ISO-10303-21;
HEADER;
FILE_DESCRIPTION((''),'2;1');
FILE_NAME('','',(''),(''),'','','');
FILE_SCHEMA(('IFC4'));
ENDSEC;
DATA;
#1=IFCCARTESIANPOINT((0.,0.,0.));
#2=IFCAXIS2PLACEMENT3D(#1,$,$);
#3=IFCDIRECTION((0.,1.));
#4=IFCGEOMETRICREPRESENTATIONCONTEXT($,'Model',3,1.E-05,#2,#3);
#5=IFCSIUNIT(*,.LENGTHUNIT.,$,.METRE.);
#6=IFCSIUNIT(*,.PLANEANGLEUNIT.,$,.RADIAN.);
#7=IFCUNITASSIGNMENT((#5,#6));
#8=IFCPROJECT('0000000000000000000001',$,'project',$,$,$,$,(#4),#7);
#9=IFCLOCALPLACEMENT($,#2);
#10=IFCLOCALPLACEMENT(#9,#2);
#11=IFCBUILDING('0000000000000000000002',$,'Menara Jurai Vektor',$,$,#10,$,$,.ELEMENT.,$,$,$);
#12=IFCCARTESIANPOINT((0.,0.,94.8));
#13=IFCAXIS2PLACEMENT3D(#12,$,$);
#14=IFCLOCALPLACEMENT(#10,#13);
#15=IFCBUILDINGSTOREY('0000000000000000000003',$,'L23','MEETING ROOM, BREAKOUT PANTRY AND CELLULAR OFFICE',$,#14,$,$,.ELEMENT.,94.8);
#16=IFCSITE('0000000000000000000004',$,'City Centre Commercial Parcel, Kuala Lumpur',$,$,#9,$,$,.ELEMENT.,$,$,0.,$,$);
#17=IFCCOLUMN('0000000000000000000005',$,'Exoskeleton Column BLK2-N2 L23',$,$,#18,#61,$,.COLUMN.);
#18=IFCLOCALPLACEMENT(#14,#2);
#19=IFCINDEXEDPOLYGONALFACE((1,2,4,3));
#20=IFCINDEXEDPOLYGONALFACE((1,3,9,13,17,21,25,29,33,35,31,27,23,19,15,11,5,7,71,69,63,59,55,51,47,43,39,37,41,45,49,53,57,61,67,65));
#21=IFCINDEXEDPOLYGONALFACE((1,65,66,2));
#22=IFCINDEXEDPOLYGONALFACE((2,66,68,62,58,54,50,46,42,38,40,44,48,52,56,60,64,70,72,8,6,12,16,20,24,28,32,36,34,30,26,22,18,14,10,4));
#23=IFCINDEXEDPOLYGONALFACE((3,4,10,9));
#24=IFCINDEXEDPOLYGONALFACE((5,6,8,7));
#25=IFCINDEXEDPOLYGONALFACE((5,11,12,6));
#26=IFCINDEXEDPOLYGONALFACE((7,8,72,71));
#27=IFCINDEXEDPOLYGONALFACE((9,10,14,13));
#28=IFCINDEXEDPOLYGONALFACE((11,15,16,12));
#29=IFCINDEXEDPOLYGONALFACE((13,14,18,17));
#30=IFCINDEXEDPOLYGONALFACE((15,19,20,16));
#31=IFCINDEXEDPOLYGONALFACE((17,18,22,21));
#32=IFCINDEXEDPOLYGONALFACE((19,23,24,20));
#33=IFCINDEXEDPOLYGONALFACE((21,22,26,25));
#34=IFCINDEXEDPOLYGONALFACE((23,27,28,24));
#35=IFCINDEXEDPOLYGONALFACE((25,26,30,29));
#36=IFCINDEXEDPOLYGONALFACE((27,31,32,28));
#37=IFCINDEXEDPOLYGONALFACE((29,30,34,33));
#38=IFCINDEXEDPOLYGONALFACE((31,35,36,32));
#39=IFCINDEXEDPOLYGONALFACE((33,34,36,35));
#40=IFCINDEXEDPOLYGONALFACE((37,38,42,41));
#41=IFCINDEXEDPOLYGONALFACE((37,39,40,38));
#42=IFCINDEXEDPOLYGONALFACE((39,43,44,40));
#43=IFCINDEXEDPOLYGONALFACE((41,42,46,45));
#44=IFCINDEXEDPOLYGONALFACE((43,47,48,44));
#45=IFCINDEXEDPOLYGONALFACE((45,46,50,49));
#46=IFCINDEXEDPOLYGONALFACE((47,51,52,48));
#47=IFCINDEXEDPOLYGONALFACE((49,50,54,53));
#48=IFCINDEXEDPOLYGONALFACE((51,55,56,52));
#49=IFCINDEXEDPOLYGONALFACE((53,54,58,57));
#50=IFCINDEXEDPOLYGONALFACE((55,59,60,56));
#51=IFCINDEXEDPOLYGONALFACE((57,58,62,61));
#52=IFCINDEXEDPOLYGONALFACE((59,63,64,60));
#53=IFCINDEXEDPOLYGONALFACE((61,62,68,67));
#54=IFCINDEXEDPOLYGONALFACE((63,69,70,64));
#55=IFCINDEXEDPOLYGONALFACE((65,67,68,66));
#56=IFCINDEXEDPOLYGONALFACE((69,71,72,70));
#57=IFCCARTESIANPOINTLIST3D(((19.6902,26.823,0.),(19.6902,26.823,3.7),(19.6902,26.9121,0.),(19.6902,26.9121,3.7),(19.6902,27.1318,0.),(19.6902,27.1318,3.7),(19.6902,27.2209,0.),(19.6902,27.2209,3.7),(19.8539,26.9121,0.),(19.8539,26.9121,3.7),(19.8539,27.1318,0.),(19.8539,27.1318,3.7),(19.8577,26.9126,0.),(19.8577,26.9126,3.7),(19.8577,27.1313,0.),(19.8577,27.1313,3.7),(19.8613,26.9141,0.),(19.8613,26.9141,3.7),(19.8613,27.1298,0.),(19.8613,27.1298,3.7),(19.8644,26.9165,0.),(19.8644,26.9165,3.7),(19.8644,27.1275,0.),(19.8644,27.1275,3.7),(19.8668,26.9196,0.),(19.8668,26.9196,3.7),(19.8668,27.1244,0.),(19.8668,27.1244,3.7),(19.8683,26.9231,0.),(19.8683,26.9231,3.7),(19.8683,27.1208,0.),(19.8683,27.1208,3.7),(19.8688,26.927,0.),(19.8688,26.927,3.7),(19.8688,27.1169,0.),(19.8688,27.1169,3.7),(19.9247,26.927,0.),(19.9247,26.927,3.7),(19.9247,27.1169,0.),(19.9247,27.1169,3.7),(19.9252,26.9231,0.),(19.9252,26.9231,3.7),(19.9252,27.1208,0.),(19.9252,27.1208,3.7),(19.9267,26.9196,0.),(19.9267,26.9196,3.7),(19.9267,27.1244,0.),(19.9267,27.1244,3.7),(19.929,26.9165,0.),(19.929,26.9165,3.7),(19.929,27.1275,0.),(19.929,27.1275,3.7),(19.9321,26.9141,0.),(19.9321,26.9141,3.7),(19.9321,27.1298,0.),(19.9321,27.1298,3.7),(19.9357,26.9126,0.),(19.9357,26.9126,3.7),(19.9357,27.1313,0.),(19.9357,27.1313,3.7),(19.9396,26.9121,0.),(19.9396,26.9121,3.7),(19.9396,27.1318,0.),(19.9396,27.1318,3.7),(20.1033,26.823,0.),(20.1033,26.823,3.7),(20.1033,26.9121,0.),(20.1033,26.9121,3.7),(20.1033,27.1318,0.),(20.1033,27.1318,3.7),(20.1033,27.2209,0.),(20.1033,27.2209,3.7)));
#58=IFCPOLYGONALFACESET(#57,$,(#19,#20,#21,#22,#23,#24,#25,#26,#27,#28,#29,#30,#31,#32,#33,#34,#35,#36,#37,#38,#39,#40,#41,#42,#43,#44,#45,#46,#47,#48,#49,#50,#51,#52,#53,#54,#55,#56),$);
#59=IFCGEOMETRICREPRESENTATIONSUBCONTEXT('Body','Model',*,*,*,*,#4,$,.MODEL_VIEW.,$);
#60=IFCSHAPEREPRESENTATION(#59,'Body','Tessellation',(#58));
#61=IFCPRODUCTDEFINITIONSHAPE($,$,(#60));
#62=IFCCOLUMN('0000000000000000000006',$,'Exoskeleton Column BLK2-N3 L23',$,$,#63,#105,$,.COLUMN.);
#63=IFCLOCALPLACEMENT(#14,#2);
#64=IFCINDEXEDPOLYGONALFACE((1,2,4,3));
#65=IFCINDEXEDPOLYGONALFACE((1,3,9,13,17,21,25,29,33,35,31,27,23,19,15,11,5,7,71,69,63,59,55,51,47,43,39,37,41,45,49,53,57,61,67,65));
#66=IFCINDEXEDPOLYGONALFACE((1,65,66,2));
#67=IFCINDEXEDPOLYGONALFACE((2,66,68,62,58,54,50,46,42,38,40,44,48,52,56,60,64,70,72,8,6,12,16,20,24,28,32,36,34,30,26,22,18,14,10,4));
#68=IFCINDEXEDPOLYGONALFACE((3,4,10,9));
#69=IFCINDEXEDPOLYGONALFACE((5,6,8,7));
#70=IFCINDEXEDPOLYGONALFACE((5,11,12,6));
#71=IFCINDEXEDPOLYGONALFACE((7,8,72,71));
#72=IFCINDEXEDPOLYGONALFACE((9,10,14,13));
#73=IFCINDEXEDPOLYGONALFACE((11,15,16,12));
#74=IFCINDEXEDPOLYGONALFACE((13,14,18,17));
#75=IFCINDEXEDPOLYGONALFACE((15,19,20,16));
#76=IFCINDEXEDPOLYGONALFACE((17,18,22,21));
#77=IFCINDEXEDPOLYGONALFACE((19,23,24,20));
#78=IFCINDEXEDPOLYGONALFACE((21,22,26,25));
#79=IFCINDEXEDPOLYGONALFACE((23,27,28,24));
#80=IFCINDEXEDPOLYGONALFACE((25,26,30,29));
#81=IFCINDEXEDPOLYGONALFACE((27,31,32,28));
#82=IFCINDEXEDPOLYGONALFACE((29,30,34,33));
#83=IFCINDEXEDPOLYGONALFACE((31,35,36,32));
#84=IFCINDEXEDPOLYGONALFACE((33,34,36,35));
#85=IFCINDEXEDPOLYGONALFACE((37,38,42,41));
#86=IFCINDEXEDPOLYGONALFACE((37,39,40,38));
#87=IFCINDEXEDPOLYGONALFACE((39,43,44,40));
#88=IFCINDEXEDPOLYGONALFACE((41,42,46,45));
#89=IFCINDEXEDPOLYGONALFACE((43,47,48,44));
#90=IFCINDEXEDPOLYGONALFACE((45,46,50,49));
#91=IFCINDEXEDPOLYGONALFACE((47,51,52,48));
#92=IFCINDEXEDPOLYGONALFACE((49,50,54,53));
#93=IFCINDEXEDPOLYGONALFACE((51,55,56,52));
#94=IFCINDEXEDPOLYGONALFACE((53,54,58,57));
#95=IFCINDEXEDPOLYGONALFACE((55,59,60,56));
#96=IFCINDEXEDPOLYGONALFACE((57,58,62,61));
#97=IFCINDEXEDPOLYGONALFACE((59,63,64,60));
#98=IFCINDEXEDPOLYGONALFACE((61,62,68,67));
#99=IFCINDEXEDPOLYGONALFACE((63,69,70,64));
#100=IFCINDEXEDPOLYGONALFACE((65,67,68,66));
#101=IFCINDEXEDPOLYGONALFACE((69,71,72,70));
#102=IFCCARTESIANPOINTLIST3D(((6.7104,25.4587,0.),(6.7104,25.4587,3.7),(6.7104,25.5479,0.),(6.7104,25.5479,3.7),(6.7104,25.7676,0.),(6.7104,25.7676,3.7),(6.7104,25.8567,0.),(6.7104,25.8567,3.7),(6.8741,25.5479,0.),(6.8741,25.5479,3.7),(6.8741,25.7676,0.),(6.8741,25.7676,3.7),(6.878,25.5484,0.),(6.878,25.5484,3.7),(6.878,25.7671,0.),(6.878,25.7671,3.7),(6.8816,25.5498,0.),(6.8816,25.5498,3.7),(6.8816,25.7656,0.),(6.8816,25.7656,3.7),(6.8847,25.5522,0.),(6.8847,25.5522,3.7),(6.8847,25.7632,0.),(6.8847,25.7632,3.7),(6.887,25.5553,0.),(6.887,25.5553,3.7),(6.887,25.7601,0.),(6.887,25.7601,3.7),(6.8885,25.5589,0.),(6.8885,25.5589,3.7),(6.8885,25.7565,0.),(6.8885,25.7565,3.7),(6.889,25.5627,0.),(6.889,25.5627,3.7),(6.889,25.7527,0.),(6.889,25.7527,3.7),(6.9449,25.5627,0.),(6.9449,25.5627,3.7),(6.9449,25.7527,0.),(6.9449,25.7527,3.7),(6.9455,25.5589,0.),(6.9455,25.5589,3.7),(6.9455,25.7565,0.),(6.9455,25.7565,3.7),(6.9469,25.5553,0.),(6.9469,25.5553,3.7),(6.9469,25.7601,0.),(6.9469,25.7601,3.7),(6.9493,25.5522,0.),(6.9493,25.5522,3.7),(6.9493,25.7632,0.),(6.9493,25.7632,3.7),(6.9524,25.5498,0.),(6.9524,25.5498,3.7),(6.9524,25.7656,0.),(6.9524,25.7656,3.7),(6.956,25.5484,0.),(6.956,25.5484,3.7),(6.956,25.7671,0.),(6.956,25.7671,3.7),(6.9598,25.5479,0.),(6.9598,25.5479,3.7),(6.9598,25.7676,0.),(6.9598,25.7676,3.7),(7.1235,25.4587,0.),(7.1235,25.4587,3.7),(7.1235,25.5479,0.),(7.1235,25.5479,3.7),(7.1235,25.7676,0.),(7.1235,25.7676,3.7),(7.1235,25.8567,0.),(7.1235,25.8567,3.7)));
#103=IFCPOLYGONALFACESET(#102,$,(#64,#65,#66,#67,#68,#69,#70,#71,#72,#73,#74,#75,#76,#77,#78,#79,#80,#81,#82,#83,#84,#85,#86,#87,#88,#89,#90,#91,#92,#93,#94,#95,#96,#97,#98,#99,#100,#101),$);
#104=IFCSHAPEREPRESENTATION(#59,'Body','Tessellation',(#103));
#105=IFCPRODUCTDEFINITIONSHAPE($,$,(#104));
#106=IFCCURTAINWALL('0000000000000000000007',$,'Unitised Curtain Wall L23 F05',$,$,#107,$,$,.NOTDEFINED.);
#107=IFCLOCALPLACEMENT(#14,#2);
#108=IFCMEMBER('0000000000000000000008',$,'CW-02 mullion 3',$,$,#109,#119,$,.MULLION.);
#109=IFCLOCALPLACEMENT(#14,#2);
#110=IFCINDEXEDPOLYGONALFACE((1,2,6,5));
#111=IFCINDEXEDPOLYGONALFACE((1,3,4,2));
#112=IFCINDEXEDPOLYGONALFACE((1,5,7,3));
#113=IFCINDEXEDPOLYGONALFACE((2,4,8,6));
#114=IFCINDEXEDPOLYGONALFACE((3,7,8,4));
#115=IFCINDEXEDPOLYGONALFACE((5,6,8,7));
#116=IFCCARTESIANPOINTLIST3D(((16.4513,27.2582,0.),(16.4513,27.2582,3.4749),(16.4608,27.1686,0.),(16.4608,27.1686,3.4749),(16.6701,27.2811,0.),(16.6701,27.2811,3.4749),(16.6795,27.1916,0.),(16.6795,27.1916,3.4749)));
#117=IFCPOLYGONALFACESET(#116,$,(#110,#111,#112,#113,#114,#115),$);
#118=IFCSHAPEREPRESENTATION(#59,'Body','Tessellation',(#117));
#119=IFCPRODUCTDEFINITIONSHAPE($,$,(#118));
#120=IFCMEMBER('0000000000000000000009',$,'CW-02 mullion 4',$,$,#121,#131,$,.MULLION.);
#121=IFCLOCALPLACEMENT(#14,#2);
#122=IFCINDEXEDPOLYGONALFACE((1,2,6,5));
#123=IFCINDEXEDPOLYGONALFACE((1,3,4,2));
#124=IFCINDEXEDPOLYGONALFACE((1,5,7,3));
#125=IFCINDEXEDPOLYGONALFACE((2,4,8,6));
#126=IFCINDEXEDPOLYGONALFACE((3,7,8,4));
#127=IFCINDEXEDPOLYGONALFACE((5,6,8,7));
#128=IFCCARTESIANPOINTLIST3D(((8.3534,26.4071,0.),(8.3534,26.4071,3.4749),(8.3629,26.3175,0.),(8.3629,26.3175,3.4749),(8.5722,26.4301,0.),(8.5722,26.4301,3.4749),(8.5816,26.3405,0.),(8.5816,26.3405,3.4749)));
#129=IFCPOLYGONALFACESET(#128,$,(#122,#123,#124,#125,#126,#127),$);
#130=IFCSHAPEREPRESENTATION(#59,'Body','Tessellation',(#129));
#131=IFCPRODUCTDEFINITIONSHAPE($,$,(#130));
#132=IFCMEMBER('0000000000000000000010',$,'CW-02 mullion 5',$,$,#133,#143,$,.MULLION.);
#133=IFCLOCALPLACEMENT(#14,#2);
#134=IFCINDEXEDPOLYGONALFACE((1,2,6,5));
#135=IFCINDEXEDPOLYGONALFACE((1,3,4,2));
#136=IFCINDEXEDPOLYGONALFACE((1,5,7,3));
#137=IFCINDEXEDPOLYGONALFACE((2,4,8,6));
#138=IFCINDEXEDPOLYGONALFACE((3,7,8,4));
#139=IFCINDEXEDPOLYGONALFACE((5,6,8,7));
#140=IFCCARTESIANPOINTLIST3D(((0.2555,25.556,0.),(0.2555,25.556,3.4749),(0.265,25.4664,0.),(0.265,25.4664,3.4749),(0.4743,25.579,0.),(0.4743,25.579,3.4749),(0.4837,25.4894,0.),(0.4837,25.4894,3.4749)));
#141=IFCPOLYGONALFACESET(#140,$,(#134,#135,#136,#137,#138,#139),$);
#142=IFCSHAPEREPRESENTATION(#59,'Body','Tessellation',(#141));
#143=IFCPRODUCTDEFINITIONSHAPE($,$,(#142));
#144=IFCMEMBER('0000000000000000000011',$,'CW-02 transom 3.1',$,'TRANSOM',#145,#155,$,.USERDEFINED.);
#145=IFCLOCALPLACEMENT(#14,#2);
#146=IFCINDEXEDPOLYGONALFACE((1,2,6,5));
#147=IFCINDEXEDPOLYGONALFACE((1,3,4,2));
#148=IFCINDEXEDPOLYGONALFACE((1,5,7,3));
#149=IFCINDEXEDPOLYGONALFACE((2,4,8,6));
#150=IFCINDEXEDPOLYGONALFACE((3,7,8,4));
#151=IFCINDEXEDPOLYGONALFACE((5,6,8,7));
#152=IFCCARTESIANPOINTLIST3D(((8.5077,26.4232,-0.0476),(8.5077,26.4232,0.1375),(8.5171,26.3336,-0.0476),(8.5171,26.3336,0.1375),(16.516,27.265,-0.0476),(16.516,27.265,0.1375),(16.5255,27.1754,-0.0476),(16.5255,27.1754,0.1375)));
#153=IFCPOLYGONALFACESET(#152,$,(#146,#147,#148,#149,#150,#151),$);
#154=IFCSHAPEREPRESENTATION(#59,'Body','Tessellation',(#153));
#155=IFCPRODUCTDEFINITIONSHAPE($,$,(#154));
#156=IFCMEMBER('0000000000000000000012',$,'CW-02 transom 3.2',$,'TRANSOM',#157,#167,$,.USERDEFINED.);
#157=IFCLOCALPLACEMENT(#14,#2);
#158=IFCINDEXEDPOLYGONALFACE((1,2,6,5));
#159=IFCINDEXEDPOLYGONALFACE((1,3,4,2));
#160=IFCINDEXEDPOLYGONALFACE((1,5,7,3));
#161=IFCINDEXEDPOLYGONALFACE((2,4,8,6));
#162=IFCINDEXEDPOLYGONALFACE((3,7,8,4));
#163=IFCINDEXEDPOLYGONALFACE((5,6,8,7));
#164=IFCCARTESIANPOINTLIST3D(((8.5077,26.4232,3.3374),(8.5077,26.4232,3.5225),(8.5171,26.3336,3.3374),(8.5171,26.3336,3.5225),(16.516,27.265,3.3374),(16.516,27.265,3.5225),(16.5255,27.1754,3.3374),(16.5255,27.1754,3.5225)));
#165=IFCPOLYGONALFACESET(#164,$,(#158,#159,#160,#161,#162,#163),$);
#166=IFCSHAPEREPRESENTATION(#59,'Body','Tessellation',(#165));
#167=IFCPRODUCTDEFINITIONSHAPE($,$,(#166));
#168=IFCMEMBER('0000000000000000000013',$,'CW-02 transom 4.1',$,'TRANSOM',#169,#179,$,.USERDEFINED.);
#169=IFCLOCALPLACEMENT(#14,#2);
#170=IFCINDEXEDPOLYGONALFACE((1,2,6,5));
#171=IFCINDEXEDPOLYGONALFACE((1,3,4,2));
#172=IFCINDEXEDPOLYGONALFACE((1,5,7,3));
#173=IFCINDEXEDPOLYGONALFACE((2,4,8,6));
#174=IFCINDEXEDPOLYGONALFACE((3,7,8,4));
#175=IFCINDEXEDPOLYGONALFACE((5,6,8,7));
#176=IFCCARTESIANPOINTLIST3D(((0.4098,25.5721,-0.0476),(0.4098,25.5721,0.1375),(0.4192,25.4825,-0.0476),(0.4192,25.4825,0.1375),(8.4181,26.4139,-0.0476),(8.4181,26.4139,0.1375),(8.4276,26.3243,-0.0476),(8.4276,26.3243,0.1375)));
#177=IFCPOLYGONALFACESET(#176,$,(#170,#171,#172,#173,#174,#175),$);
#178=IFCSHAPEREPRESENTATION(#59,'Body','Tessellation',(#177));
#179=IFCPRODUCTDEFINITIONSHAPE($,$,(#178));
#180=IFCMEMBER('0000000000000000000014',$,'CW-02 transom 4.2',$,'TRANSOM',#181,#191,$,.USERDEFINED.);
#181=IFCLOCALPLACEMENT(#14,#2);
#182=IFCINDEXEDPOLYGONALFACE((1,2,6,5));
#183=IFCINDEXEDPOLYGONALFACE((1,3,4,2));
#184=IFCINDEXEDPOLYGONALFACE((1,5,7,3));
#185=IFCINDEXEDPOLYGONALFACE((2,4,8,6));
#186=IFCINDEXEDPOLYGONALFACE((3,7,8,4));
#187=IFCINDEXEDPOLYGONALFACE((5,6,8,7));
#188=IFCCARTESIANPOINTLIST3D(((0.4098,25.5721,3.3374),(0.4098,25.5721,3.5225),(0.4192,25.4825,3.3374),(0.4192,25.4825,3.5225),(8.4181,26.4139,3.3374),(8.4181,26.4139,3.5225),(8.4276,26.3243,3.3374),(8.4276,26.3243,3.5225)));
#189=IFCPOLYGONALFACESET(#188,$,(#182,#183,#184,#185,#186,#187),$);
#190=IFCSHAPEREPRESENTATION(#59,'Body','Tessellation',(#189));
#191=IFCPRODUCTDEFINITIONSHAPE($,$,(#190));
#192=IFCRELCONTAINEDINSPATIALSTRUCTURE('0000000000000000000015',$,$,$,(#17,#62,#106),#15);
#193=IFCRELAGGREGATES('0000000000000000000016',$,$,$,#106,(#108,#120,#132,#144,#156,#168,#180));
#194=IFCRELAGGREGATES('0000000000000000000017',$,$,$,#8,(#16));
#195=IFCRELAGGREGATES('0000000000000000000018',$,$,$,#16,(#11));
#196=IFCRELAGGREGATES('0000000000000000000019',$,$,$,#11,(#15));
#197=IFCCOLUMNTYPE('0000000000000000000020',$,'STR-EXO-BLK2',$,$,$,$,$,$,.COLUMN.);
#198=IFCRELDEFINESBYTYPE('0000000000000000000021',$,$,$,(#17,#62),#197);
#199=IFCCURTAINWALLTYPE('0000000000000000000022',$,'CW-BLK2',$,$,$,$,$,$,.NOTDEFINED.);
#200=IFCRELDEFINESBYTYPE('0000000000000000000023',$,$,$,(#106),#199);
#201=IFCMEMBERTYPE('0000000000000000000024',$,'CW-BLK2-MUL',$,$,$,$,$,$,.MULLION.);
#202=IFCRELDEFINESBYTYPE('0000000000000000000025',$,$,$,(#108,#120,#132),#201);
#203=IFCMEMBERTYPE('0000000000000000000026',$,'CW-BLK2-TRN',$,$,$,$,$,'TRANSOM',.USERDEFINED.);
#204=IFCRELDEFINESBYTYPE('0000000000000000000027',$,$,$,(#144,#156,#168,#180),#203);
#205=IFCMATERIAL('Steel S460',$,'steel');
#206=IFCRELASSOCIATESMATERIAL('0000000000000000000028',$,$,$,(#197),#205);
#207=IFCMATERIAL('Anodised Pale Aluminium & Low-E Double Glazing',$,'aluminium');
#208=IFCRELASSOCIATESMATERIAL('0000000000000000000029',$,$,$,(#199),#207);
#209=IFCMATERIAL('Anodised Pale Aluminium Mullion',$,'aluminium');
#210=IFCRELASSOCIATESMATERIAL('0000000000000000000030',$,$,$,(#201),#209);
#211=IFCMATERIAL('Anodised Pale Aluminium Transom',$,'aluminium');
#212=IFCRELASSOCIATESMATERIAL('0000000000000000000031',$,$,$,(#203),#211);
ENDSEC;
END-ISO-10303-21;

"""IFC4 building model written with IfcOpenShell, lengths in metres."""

from ifc_helpers import new_model, si_unit, direction, frame, origin, origin_2d, place, context, subcontext, project, spatial, rectangle, i_section, extrude, material, material_profile, profile_set, type_object, element, aggregate, save


model = new_model("IFC4")

# Units and contexts
model_context = context("Model", 3, precision=1e-05, world=origin(), true_north=direction((0.0, 1.0)))
body_context = subcontext(model_context, "Body", "Model", "MODEL_VIEW")
ifc_project = project(units=[si_unit("LENGTHUNIT", "METRE"), si_unit("PLANEANGLEUNIT", "RADIAN")], contexts=[model_context])

# Site, building, storey
site_placement = place(None, origin())
site = spatial("IfcSite", under=ifc_project, at=site_placement, Name="City Centre Commercial Parcel, Kuala Lumpur", CompositionType="ELEMENT", RefElevation=0.0)
building_placement = place(site_placement, origin())
building = spatial("IfcBuilding", under=site, at=building_placement, Name="Menara Jurai Vektor", CompositionType="ELEMENT")
storey_placement = place(building_placement, frame((0.0, 0.0, 94.8)))
storey = spatial("IfcBuildingStorey", under=building, at=storey_placement, Name="L23", Description="MEETING ROOM, BREAKOUT PANTRY AND CELLULAR OFFICE", CompositionType="ELEMENT", Elevation=94.8)

# Columns
ifc_material_1 = material(Name="Steel S460", Category="steel")
ifc_material_profile_1 = material_profile(ifc_material_1, i_section(OverallWidth=0.4131, OverallDepth=0.3979, WebThickness=0.0559, FlangeThickness=0.0891, FilletRadius=0.0149, at=origin_2d()), Name="HD 400x744")
ifc_profile_set_1 = profile_set([ifc_material_profile_1], Name="Steel S460")
column_type = type_object("IfcColumnType", Name="STR-EXO-BLK2", PredefinedType="COLUMN", material=ifc_profile_set_1)
for number, where, z_axis, x_axis, name in (
    (1, (19.8967, 27.022, 0.0), (0.0, 0.0, 1.0), (1.0, 0.0, 0.0), "Exoskeleton Column BLK2-N2 L23"),
    (2, (6.917, 25.6577, 0.0), (0.0, 0.0, 1.0), (1.0, 0.0, 0.0), "Exoskeleton Column BLK2-N3 L23"),
):
    element("IfcColumn", number, at=place(storey_placement, frame(where, z_axis=z_axis, x_axis=x_axis)), inside=storey, type_object=column_type, Name=name, PredefinedType="COLUMN", context=body_context, shape_type="SweptSolid", body=[
        extrude(i_section(OverallWidth=0.4131, OverallDepth=0.3979, WebThickness=0.0559, FlangeThickness=0.0891, FilletRadius=0.0149, at=origin_2d()), origin(), (0.0, 0.0, 1.0), 3.7),
    ])

# Curtain wall, members
ifc_material_2 = material(Name="Anodised Pale Aluminium & Low-E Double Glazing", Category="aluminium")
curtain_wall_type = type_object("IfcCurtainWallType", Name="CW-BLK2", PredefinedType="NOTDEFINED", material=ifc_material_2)
curtain_wall_placement = place(storey_placement, origin())
curtain_wall = element("IfcCurtainWall", 3, at=curtain_wall_placement, inside=storey, type_object=curtain_wall_type, Name="Unitised Curtain Wall L23 F05", PredefinedType="NOTDEFINED")
ifc_material_3 = material(Name="Anodised Pale Aluminium Mullion", Category="aluminium")
ifc_material_profile_2 = material_profile(ifc_material_3, rectangle(XDim=0.0901, YDim=0.22, at=origin_2d()), Name="ALU MUL 90x220")
ifc_profile_set_2 = profile_set([ifc_material_profile_2], Name="Anodised Pale Aluminium Mullion")
member_type_1 = type_object("IfcMemberType", Name="CW-BLK2-MUL", PredefinedType="MULLION", material=ifc_profile_set_2)
member_1_placement = place(storey_placement, frame((16.5654, 27.2249, 0.0), z_axis=(0.0, 0.0, 1.0), x_axis=(0.104529, -0.994522, 0.0)))
member_1 = element("IfcMember", 4, at=member_1_placement, type_object=member_type_1, Name="CW-02 mullion 3", PredefinedType="MULLION", context=body_context, shape_type="SweptSolid", body=[
    extrude(rectangle(XDim=0.0901, YDim=0.22, at=origin_2d()), origin(), (0.0, 0.0, 1.0), 3.4749),
])
member_2_placement = place(storey_placement, frame((8.4675, 26.3738, 0.0), z_axis=(0.0, 0.0, 1.0), x_axis=(0.104529, -0.994522, 0.0)))
member_2 = element("IfcMember", 5, at=member_2_placement, type_object=member_type_1, Name="CW-02 mullion 4", PredefinedType="MULLION", context=body_context, shape_type="SweptSolid", body=[
    extrude(rectangle(XDim=0.0901, YDim=0.22, at=origin_2d()), origin(), (0.0, 0.0, 1.0), 3.4749),
])
member_3_placement = place(storey_placement, frame((0.3696, 25.5227, 0.0), z_axis=(0.0, 0.0, 1.0), x_axis=(0.104529, -0.994522, 0.0)))
member_3 = element("IfcMember", 6, at=member_3_placement, type_object=member_type_1, Name="CW-02 mullion 5", PredefinedType="MULLION", context=body_context, shape_type="SweptSolid", body=[
    extrude(rectangle(XDim=0.0901, YDim=0.22, at=origin_2d()), origin(), (0.0, 0.0, 1.0), 3.4749),
])
ifc_material_4 = material(Name="Anodised Pale Aluminium Transom", Category="aluminium")
ifc_material_profile_3 = material_profile(ifc_material_4, rectangle(XDim=0.0901, YDim=0.1851, at=origin_2d()), Name="ALU TRN 90x185")
ifc_profile_set_3 = profile_set([ifc_material_profile_3], Name="Anodised Pale Aluminium Transom")
member_type_2 = type_object("IfcMemberType", Name="CW-BLK2-TRN", ElementType="TRANSOM", PredefinedType="USERDEFINED", material=ifc_profile_set_3)
member_4_placement = place(storey_placement, frame((16.5208, 27.2202, 0.0449), z_axis=(-0.994521, -0.10454, 0.0), x_axis=(0.10454, -0.994521, 0.0)))
member_4 = element("IfcMember", 7, at=member_4_placement, type_object=member_type_2, Name="CW-02 transom 3.1", ObjectType="TRANSOM", PredefinedType="USERDEFINED", context=body_context, shape_type="SweptSolid", body=[
    extrude(rectangle(XDim=0.0901, YDim=0.1851, at=origin_2d()), origin(), (0.0, 0.0, 1.0), 8.0525),
])
member_5_placement = place(storey_placement, frame((16.5208, 27.2202, 3.4299), z_axis=(-0.994521, -0.10454, 0.0), x_axis=(0.10454, -0.994521, 0.0)))
member_5 = element("IfcMember", 8, at=member_5_placement, type_object=member_type_2, Name="CW-02 transom 3.2", ObjectType="TRANSOM", PredefinedType="USERDEFINED", context=body_context, shape_type="SweptSolid", body=[
    extrude(rectangle(XDim=0.0901, YDim=0.1851, at=origin_2d()), origin(), (0.0, 0.0, 1.0), 8.0525),
])
member_6_placement = place(storey_placement, frame((8.4229, 26.3691, 0.0449), z_axis=(-0.994521, -0.10454, 0.0), x_axis=(0.10454, -0.994521, 0.0)))
member_6 = element("IfcMember", 9, at=member_6_placement, type_object=member_type_2, Name="CW-02 transom 4.1", ObjectType="TRANSOM", PredefinedType="USERDEFINED", context=body_context, shape_type="SweptSolid", body=[
    extrude(rectangle(XDim=0.0901, YDim=0.1851, at=origin_2d()), origin(), (0.0, 0.0, 1.0), 8.0525),
])
member_7_placement = place(storey_placement, frame((8.4229, 26.3691, 3.4299), z_axis=(-0.994521, -0.10454, 0.0), x_axis=(0.10454, -0.994521, 0.0)))
member_7 = element("IfcMember", 10, at=member_7_placement, type_object=member_type_2, Name="CW-02 transom 4.2", ObjectType="TRANSOM", PredefinedType="USERDEFINED", context=body_context, shape_type="SweptSolid", body=[
    extrude(rectangle(XDim=0.0901, YDim=0.1851, at=origin_2d()), origin(), (0.0, 0.0, 1.0), 8.0525),
])

aggregate(curtain_wall, [member_1, member_2, member_3, member_4, member_5, member_6, member_7])

save(model, "model.ifc")
